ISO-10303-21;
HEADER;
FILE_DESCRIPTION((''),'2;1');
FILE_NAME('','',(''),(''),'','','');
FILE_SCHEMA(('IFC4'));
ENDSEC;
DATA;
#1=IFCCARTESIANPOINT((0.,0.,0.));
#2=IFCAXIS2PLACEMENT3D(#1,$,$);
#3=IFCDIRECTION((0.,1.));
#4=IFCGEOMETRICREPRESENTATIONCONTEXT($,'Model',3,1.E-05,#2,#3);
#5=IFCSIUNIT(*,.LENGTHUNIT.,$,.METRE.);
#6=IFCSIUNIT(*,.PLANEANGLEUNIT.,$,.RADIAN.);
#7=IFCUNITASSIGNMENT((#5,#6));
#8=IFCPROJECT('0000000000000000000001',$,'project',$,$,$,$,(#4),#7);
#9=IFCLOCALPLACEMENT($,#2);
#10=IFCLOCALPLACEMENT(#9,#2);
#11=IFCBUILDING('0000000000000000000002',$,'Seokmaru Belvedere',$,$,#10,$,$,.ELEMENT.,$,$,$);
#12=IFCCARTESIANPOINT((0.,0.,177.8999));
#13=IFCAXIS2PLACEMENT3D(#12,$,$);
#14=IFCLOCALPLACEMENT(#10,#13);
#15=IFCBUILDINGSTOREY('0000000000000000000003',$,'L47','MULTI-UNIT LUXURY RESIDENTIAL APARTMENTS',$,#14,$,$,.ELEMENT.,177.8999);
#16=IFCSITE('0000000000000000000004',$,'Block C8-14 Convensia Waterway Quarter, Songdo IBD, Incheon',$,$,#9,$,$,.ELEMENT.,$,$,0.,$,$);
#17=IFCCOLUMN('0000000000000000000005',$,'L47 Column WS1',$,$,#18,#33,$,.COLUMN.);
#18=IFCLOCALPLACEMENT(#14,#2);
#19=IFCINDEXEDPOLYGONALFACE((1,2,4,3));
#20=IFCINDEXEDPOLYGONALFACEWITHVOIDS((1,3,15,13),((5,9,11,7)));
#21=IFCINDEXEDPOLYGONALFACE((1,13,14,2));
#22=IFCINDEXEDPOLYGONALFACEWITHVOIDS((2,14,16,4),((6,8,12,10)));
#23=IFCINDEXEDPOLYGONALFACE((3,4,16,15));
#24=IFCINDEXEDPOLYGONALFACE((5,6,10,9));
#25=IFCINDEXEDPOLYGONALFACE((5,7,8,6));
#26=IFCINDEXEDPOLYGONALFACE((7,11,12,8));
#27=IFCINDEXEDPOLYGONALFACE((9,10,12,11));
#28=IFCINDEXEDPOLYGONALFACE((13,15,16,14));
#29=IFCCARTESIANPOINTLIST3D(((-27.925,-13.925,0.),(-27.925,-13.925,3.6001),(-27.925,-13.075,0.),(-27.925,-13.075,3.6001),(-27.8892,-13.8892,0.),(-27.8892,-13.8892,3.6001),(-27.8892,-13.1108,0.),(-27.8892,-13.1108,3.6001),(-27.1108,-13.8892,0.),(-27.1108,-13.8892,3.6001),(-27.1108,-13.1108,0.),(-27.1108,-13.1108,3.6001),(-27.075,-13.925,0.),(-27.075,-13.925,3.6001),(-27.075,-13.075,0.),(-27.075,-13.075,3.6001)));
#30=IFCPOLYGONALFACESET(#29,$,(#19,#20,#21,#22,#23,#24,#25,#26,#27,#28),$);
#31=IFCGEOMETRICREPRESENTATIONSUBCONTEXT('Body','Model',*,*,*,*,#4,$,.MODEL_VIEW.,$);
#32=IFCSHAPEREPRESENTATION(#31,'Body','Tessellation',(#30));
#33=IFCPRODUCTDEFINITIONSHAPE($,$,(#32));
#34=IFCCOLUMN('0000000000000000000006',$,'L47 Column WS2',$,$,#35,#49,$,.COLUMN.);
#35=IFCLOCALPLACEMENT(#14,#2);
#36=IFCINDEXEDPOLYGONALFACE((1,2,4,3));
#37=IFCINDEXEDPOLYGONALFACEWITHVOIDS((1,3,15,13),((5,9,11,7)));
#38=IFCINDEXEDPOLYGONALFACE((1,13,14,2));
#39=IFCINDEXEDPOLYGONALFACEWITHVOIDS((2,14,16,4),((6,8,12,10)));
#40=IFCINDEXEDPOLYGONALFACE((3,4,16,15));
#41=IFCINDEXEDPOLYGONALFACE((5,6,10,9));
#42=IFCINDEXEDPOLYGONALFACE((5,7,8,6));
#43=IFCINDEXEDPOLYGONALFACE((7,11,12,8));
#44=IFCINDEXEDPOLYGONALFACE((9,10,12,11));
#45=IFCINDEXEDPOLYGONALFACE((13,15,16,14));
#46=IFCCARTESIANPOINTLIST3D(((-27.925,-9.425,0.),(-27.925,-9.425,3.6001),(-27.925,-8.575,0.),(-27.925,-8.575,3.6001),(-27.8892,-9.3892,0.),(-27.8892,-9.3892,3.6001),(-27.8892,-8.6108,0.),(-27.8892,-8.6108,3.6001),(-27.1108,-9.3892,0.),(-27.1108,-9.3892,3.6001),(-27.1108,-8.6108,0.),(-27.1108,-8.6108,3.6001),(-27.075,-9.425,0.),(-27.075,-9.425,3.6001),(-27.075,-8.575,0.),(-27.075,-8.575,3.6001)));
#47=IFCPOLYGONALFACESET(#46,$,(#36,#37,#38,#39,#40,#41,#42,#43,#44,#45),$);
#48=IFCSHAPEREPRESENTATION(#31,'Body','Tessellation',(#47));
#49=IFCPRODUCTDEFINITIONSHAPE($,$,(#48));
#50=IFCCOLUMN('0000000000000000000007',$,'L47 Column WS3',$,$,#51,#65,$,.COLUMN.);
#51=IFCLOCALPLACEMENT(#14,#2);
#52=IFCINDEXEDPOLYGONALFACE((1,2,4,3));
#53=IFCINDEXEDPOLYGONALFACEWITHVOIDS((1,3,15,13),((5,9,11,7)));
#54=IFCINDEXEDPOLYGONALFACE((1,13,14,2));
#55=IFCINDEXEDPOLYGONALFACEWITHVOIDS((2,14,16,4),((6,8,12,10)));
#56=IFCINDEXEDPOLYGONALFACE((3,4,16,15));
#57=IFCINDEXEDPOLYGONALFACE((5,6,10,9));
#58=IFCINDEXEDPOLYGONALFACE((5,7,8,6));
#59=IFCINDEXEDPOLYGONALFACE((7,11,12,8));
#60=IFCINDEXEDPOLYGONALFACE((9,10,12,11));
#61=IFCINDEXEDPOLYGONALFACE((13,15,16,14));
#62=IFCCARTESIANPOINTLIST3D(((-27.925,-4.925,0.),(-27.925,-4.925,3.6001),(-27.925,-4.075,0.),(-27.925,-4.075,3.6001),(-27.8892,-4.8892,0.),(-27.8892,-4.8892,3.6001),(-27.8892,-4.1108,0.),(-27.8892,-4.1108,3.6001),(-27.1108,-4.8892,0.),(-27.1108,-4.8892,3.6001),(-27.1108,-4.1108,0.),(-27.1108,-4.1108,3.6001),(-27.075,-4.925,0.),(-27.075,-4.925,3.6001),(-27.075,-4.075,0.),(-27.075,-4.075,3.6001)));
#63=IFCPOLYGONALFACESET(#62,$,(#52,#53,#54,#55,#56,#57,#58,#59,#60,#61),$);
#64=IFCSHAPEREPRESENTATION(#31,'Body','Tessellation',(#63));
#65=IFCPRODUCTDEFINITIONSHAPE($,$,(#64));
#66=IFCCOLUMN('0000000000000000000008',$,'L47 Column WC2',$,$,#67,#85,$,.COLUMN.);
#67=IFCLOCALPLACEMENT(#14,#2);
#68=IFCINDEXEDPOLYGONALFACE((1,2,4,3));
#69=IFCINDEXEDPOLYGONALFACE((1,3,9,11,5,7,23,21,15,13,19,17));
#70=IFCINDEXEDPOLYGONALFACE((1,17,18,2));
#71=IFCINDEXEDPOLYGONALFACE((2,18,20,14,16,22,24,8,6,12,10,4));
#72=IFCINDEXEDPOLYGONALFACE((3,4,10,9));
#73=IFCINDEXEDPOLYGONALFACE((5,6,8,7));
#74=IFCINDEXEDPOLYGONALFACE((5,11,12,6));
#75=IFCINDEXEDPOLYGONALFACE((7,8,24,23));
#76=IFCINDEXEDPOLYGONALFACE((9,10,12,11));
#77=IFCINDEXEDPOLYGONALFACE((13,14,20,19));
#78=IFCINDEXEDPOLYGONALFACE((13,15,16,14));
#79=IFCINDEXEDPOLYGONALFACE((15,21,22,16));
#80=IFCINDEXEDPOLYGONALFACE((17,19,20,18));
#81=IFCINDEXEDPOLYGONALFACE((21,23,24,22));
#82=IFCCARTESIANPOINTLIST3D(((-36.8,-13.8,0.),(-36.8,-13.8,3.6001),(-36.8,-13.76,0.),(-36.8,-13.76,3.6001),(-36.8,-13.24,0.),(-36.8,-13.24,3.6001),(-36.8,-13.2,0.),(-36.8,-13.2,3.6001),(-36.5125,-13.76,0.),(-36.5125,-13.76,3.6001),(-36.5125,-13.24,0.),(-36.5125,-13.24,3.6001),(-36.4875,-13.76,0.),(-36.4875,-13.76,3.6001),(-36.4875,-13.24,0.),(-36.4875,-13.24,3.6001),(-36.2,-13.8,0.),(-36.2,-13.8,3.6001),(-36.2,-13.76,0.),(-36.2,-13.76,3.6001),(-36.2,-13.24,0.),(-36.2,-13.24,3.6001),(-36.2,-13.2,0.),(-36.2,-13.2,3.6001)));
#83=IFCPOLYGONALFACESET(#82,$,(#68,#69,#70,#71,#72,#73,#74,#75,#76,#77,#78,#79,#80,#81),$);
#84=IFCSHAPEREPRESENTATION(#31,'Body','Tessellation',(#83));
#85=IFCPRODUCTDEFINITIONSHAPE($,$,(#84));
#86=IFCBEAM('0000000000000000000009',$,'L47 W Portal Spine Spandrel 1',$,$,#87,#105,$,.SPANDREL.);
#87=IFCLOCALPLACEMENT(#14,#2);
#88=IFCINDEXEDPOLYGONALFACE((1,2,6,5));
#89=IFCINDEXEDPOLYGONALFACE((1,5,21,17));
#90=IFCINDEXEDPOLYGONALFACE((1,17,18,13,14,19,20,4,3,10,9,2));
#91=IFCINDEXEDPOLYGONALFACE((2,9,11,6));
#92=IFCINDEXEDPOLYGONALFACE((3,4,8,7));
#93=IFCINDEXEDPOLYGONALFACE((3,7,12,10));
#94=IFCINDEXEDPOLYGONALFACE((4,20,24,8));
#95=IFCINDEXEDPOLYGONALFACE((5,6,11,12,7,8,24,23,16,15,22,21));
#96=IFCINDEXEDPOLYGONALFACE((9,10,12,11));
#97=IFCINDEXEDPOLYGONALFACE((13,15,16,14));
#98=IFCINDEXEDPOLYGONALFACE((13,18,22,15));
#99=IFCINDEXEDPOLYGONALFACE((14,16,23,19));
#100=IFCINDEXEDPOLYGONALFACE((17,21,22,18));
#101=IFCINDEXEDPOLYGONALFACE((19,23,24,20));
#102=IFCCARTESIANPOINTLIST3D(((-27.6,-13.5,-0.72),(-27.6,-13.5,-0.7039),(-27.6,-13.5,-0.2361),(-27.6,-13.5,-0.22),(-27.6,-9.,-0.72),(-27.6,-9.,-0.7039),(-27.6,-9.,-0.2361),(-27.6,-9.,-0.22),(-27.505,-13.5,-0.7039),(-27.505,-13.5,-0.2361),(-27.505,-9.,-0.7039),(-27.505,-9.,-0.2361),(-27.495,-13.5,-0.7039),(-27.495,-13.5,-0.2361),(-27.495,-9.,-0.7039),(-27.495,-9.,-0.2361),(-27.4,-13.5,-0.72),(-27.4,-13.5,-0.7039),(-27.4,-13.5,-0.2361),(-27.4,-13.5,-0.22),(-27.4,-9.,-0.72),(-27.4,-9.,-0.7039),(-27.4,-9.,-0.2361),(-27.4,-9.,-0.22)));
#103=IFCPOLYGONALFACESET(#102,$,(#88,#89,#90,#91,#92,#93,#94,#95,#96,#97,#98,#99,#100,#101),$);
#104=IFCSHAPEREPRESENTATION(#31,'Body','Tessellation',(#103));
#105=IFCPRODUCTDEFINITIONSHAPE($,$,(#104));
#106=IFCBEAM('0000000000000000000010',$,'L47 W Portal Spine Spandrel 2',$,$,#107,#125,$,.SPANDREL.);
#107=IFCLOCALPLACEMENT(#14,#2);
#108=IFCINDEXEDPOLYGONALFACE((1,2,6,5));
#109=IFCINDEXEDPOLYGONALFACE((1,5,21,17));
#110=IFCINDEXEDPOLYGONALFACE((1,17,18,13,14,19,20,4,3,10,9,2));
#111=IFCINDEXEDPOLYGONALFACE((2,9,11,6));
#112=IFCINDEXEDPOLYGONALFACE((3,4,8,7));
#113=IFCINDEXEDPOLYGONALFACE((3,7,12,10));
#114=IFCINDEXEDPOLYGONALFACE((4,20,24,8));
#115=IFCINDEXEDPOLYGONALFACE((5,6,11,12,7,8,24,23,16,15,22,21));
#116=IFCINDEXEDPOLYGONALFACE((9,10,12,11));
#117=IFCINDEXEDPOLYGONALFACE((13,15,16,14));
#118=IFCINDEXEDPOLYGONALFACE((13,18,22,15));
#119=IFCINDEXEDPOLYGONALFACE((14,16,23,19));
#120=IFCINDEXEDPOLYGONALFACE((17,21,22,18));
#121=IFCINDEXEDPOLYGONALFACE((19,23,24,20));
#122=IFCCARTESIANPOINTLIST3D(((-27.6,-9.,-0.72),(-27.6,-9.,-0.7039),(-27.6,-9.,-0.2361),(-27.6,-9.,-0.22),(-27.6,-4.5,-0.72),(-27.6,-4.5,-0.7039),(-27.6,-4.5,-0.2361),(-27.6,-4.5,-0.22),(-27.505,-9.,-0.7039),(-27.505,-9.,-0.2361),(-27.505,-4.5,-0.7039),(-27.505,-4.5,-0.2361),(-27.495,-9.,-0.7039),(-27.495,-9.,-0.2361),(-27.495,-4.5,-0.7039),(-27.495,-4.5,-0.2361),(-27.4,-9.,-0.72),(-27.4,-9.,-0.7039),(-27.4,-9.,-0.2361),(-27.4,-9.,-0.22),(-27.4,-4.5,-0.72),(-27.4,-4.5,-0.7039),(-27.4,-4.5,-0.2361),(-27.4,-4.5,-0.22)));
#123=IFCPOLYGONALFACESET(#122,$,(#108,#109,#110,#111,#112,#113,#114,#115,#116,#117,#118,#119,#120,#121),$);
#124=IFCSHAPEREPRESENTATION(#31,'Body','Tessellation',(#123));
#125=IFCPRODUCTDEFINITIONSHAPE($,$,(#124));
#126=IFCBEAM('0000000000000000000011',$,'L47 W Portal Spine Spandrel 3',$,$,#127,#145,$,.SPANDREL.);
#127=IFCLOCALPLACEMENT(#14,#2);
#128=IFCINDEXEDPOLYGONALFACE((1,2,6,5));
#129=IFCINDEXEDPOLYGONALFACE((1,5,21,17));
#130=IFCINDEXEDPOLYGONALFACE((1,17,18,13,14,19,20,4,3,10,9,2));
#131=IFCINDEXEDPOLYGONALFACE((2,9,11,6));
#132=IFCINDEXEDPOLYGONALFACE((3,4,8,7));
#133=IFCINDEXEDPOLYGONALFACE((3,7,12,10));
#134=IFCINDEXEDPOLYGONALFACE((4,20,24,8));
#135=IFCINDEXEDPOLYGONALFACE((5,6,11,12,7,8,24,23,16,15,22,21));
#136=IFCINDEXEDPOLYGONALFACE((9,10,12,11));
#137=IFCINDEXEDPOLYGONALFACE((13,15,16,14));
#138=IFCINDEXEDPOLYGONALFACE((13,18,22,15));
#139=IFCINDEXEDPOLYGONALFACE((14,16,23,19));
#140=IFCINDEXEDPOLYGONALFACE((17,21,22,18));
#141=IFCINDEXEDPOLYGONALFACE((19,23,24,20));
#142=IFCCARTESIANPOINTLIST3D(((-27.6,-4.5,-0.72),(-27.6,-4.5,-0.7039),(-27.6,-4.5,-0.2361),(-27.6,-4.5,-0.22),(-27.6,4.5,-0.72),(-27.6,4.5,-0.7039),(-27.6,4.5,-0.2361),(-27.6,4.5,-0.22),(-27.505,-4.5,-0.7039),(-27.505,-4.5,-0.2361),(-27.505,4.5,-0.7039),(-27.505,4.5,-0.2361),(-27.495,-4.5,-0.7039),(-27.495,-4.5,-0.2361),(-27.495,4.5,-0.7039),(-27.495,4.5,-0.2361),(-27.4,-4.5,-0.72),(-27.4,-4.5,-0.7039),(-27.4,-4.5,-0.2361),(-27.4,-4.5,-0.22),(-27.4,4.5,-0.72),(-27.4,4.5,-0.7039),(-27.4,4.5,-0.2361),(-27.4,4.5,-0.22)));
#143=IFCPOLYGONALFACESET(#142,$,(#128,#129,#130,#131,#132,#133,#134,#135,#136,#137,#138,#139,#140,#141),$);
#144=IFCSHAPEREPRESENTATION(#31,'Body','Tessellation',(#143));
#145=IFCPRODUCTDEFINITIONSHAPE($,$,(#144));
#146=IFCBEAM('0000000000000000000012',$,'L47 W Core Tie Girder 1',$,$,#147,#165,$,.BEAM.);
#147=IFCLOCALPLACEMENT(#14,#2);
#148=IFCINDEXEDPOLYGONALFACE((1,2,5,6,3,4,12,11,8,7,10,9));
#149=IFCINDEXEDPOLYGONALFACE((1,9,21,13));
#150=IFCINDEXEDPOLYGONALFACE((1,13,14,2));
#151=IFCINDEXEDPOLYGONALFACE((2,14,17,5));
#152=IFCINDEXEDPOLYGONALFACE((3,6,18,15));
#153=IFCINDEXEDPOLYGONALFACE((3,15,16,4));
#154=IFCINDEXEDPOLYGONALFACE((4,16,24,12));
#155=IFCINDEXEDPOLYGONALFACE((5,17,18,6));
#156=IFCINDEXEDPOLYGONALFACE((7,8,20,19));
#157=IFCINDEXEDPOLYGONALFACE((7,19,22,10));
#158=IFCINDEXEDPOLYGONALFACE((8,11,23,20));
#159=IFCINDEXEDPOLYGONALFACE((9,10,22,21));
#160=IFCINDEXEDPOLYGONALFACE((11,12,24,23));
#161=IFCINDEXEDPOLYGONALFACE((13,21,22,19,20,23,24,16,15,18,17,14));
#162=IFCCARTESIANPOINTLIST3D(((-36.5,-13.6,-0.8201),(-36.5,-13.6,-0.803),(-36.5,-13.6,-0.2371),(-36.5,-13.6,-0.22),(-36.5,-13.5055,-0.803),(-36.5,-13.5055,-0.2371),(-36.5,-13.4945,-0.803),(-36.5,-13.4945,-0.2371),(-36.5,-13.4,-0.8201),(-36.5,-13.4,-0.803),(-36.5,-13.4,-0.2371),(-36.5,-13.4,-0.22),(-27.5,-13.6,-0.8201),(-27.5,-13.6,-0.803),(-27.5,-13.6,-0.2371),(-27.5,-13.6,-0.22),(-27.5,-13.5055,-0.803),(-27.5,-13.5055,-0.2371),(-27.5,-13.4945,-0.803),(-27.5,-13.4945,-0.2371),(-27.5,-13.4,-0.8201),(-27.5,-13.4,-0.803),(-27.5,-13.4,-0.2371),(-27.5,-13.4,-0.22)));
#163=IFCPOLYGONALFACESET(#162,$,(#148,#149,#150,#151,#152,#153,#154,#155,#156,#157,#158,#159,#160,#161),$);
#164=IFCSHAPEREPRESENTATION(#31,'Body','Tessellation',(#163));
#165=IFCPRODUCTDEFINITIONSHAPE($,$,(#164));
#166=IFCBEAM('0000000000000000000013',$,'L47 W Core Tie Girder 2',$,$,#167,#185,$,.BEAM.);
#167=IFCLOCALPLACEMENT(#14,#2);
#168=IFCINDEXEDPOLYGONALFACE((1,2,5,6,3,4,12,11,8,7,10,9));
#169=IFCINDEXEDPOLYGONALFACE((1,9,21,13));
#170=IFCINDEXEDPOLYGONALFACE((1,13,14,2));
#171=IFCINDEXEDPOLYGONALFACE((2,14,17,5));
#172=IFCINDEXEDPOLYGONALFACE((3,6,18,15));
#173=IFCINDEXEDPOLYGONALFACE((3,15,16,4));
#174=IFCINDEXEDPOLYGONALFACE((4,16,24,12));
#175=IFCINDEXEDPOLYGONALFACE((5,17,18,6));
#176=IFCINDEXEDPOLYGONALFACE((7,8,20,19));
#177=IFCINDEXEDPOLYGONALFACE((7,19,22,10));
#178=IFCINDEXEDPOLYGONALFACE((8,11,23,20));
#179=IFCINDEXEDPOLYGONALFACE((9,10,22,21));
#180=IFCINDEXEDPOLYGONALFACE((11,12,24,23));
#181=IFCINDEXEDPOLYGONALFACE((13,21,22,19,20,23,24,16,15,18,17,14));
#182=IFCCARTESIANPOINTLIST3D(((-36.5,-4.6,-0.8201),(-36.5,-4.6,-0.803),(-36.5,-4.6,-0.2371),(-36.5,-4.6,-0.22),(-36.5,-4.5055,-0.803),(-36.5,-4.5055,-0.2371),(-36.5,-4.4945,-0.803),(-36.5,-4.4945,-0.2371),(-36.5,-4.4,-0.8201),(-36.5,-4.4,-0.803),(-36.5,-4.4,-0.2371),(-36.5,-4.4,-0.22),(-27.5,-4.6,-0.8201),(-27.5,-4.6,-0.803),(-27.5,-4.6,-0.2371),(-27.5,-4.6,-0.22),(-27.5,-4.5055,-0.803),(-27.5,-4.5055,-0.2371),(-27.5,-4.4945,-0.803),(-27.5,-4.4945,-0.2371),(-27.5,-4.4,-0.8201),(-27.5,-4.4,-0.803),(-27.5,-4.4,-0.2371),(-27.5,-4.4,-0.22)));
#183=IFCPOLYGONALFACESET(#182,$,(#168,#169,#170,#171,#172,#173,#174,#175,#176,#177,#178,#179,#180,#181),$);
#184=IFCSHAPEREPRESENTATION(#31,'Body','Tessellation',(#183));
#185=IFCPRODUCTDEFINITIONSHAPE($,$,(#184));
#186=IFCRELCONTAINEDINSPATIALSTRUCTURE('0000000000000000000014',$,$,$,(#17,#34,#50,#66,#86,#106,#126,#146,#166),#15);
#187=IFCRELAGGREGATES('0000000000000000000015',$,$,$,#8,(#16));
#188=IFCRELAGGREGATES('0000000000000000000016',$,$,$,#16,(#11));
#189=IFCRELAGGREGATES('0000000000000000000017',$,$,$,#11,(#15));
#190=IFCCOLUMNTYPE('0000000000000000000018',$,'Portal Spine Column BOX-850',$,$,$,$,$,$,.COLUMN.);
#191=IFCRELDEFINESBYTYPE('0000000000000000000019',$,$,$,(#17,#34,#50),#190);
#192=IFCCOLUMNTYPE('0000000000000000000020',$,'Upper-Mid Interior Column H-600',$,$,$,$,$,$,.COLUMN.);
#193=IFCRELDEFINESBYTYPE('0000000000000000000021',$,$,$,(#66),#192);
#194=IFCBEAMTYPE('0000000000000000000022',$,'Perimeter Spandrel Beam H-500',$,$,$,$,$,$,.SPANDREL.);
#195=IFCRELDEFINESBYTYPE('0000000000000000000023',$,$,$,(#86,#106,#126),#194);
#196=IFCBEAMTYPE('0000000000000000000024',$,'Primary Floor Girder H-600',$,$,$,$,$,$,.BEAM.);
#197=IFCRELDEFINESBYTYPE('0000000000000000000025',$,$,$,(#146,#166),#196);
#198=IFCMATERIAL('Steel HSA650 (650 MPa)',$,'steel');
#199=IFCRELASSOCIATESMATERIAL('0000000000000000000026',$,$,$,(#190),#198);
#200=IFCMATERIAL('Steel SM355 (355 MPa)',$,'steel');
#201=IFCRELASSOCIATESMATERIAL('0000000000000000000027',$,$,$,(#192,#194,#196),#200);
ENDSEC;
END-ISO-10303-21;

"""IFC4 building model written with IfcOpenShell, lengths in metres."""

from ifc_helpers import new_model, si_unit, direction, frame, origin, origin_2d, place, context, subcontext, project, spatial, hollow_rectangle, i_section, extrude, source, transform, mapped, material, material_profile, profile_set, type_object, type_shapes, element, save


model = new_model("IFC4")

# Units and contexts
model_context = context("Model", 3, precision=1e-05, world=origin(), true_north=direction((0.0, 1.0)))
body_context = subcontext(model_context, "Body", "Model", "MODEL_VIEW")
ifc_project = project(units=[si_unit("LENGTHUNIT", "METRE"), si_unit("PLANEANGLEUNIT", "RADIAN")], contexts=[model_context])

# Site, building, storey
site_placement = place(None, origin())
site = spatial("IfcSite", under=ifc_project, at=site_placement, Name="Block C8-14 Convensia Waterway Quarter, Songdo IBD, Incheon", CompositionType="ELEMENT", RefElevation=0.0)
building_placement = place(site_placement, origin())
building = spatial("IfcBuilding", under=site, at=building_placement, Name="Seokmaru Belvedere", CompositionType="ELEMENT")
storey_placement = place(building_placement, frame((0.0, 0.0, 177.8999)))
storey = spatial("IfcBuildingStorey", under=building, at=storey_placement, Name="L47", Description="MULTI-UNIT LUXURY RESIDENTIAL APARTMENTS", CompositionType="ELEMENT", Elevation=177.8999)

# Columns
ifc_material_1 = material(Name="Steel HSA650 (650 MPa)", Category="steel")
ifc_material_profile_1 = material_profile(ifc_material_1, hollow_rectangle(XDim=0.8501, YDim=0.8501, WallThickness=0.0359, at=origin_2d()), Name="BOX-850x850x36")
ifc_profile_set_1 = profile_set([ifc_material_profile_1], Name="Steel HSA650 (650 MPa)")
column_type_1 = type_object("IfcColumnType", Name="Portal Spine Column BOX-850", PredefinedType="COLUMN", material=ifc_profile_set_1)
shared_shape_1 = source(origin(), body_context, "Body", "SweptSolid", [
    extrude(hollow_rectangle(XDim=0.8501, YDim=0.8501, WallThickness=0.0359, at=origin_2d()), origin(), (0.0, 0.0, 1.0), 3.6001),
])
type_shapes(column_type_1, [shared_shape_1])
for number, where, z_axis, x_axis, name in (
    (1, (-27.5, -13.5, 0.0), (0.0, 0.0, 1.0), (1.0, 0.0, 0.0), "L47 Column WS1"),
    (2, (-27.5, -9.0, 0.0), (0.0, 0.0, 1.0), (1.0, 0.0, 0.0), "L47 Column WS2"),
    (3, (-27.5, -4.5, 0.0), (0.0, 0.0, 1.0), (1.0, 0.0, 0.0), "L47 Column WS3"),
):
    element("IfcColumn", number, at=place(storey_placement, frame(where, z_axis=z_axis, x_axis=x_axis)), inside=storey, type_object=column_type_1, Name=name, PredefinedType="COLUMN", context=body_context, shape_type="MappedRepresentation", body=[
        mapped(shared_shape_1, transform((0.0, 0.0, 0.0), scale=1.0)),
    ])
ifc_material_2 = material(Name="Steel SM355 (355 MPa)", Category="steel")
ifc_material_profile_2 = material_profile(ifc_material_2, i_section(OverallWidth=0.6001, OverallDepth=0.6001, WebThickness=0.0249, FlangeThickness=0.04, at=origin_2d()), Name="H-600x600x25x40")
ifc_profile_set_2 = profile_set([ifc_material_profile_2], Name="Steel SM355 (355 MPa)")
column_type_2 = type_object("IfcColumnType", Name="Upper-Mid Interior Column H-600", PredefinedType="COLUMN", material=ifc_profile_set_2)
shared_shape_2 = source(origin(), body_context, "Body", "SweptSolid", [
    extrude(i_section(OverallWidth=0.6001, OverallDepth=0.6001, WebThickness=0.0249, FlangeThickness=0.04, at=origin_2d()), origin(), (0.0, 0.0, 1.0), 3.6001),
])
type_shapes(column_type_2, [shared_shape_2])
column_placement = place(storey_placement, frame((-36.5, -13.5, 0.0), z_axis=(0.0, 0.0, 1.0), x_axis=(1.0, 0.0, 0.0)))
element("IfcColumn", 4, at=column_placement, inside=storey, type_object=column_type_2, Name="L47 Column WC2", PredefinedType="COLUMN", context=body_context, shape_type="MappedRepresentation", body=[
    mapped(shared_shape_2, transform((0.0, 0.0, 0.0), scale=1.0)),
])

# Beams
ifc_material_profile_3 = material_profile(ifc_material_2, i_section(OverallWidth=0.2, OverallDepth=0.5, WebThickness=0.01, FlangeThickness=0.0161, at=origin_2d()), Name="H-500x200x10x16")
ifc_profile_set_3 = profile_set([ifc_material_profile_3], Name="Steel SM355 (355 MPa)")
beam_type_1 = type_object("IfcBeamType", Name="Perimeter Spandrel Beam H-500", PredefinedType="SPANDREL", material=ifc_profile_set_3)
shared_shape_3 = source(origin(), body_context, "Body", "SweptSolid", [
    extrude(i_section(OverallWidth=0.2, OverallDepth=0.5, WebThickness=0.01, FlangeThickness=0.0161, at=origin_2d()), origin(), (0.0, 0.0, 1.0), 4.5),
])
for number, where, z_axis, x_axis, name in (
    (5, (-27.5, -13.5, -0.47), (0.0, 1.0, 0.0), (-1.0, 0.0, 0.0), "L47 W Portal Spine Spandrel 1"),
    (6, (-27.5, -9.0, -0.47), (0.0, 1.0, 0.0), (-1.0, 0.0, 0.0), "L47 W Portal Spine Spandrel 2"),
):
    element("IfcBeam", number, at=place(storey_placement, frame(where, z_axis=z_axis, x_axis=x_axis)), inside=storey, type_object=beam_type_1, Name=name, PredefinedType="SPANDREL", context=body_context, shape_type="MappedRepresentation", body=[
        mapped(shared_shape_3, transform((0.0, 0.0, 0.0), scale=1.0)),
    ])
shared_shape_4 = source(origin(), body_context, "Body", "SweptSolid", [
    extrude(i_section(OverallWidth=0.2, OverallDepth=0.5, WebThickness=0.01, FlangeThickness=0.0161, at=origin_2d()), origin(), (0.0, 0.0, 1.0), 9.0),
])
type_shapes(beam_type_1, [shared_shape_3, shared_shape_4])
beam_1_placement = place(storey_placement, frame((-27.5, -4.5, -0.47), z_axis=(0.0, 1.0, 0.0), x_axis=(-1.0, 0.0, 0.0)))
element("IfcBeam", 7, at=beam_1_placement, inside=storey, type_object=beam_type_1, Name="L47 W Portal Spine Spandrel 3", PredefinedType="SPANDREL", context=body_context, shape_type="MappedRepresentation", body=[
    mapped(shared_shape_4, transform((0.0, 0.0, 0.0), scale=1.0)),
])
ifc_material_profile_4 = material_profile(ifc_material_2, i_section(OverallWidth=0.2, OverallDepth=0.6001, WebThickness=0.011, FlangeThickness=0.0171, at=origin_2d()), Name="H-600x200x11x17")
ifc_profile_set_4 = profile_set([ifc_material_profile_4], Name="Steel SM355 (355 MPa)")
beam_type_2 = type_object("IfcBeamType", Name="Primary Floor Girder H-600", PredefinedType="BEAM", material=ifc_profile_set_4)
shared_shape_5 = source(origin(), body_context, "Body", "SweptSolid", [
    extrude(i_section(OverallWidth=0.2, OverallDepth=0.6001, WebThickness=0.011, FlangeThickness=0.0171, at=origin_2d()), origin(), (0.0, 0.0, 1.0), 9.0),
])
type_shapes(beam_type_2, [shared_shape_5])
for number, where, z_axis, x_axis, name in (
    (8, (-36.5, -13.5, -0.52), (1.0, 0.0, 0.0), (0.0, 1.0, 0.0), "L47 W Core Tie Girder 1"),
    (9, (-36.5, -4.5, -0.52), (1.0, 0.0, 0.0), (0.0, 1.0, 0.0), "L47 W Core Tie Girder 2"),
):
    element("IfcBeam", number, at=place(storey_placement, frame(where, z_axis=z_axis, x_axis=x_axis)), inside=storey, type_object=beam_type_2, Name=name, PredefinedType="BEAM", context=body_context, shape_type="MappedRepresentation", body=[
        mapped(shared_shape_5, transform((0.0, 0.0, 0.0), scale=1.0)),
    ])

save(model, "model.ifc")
